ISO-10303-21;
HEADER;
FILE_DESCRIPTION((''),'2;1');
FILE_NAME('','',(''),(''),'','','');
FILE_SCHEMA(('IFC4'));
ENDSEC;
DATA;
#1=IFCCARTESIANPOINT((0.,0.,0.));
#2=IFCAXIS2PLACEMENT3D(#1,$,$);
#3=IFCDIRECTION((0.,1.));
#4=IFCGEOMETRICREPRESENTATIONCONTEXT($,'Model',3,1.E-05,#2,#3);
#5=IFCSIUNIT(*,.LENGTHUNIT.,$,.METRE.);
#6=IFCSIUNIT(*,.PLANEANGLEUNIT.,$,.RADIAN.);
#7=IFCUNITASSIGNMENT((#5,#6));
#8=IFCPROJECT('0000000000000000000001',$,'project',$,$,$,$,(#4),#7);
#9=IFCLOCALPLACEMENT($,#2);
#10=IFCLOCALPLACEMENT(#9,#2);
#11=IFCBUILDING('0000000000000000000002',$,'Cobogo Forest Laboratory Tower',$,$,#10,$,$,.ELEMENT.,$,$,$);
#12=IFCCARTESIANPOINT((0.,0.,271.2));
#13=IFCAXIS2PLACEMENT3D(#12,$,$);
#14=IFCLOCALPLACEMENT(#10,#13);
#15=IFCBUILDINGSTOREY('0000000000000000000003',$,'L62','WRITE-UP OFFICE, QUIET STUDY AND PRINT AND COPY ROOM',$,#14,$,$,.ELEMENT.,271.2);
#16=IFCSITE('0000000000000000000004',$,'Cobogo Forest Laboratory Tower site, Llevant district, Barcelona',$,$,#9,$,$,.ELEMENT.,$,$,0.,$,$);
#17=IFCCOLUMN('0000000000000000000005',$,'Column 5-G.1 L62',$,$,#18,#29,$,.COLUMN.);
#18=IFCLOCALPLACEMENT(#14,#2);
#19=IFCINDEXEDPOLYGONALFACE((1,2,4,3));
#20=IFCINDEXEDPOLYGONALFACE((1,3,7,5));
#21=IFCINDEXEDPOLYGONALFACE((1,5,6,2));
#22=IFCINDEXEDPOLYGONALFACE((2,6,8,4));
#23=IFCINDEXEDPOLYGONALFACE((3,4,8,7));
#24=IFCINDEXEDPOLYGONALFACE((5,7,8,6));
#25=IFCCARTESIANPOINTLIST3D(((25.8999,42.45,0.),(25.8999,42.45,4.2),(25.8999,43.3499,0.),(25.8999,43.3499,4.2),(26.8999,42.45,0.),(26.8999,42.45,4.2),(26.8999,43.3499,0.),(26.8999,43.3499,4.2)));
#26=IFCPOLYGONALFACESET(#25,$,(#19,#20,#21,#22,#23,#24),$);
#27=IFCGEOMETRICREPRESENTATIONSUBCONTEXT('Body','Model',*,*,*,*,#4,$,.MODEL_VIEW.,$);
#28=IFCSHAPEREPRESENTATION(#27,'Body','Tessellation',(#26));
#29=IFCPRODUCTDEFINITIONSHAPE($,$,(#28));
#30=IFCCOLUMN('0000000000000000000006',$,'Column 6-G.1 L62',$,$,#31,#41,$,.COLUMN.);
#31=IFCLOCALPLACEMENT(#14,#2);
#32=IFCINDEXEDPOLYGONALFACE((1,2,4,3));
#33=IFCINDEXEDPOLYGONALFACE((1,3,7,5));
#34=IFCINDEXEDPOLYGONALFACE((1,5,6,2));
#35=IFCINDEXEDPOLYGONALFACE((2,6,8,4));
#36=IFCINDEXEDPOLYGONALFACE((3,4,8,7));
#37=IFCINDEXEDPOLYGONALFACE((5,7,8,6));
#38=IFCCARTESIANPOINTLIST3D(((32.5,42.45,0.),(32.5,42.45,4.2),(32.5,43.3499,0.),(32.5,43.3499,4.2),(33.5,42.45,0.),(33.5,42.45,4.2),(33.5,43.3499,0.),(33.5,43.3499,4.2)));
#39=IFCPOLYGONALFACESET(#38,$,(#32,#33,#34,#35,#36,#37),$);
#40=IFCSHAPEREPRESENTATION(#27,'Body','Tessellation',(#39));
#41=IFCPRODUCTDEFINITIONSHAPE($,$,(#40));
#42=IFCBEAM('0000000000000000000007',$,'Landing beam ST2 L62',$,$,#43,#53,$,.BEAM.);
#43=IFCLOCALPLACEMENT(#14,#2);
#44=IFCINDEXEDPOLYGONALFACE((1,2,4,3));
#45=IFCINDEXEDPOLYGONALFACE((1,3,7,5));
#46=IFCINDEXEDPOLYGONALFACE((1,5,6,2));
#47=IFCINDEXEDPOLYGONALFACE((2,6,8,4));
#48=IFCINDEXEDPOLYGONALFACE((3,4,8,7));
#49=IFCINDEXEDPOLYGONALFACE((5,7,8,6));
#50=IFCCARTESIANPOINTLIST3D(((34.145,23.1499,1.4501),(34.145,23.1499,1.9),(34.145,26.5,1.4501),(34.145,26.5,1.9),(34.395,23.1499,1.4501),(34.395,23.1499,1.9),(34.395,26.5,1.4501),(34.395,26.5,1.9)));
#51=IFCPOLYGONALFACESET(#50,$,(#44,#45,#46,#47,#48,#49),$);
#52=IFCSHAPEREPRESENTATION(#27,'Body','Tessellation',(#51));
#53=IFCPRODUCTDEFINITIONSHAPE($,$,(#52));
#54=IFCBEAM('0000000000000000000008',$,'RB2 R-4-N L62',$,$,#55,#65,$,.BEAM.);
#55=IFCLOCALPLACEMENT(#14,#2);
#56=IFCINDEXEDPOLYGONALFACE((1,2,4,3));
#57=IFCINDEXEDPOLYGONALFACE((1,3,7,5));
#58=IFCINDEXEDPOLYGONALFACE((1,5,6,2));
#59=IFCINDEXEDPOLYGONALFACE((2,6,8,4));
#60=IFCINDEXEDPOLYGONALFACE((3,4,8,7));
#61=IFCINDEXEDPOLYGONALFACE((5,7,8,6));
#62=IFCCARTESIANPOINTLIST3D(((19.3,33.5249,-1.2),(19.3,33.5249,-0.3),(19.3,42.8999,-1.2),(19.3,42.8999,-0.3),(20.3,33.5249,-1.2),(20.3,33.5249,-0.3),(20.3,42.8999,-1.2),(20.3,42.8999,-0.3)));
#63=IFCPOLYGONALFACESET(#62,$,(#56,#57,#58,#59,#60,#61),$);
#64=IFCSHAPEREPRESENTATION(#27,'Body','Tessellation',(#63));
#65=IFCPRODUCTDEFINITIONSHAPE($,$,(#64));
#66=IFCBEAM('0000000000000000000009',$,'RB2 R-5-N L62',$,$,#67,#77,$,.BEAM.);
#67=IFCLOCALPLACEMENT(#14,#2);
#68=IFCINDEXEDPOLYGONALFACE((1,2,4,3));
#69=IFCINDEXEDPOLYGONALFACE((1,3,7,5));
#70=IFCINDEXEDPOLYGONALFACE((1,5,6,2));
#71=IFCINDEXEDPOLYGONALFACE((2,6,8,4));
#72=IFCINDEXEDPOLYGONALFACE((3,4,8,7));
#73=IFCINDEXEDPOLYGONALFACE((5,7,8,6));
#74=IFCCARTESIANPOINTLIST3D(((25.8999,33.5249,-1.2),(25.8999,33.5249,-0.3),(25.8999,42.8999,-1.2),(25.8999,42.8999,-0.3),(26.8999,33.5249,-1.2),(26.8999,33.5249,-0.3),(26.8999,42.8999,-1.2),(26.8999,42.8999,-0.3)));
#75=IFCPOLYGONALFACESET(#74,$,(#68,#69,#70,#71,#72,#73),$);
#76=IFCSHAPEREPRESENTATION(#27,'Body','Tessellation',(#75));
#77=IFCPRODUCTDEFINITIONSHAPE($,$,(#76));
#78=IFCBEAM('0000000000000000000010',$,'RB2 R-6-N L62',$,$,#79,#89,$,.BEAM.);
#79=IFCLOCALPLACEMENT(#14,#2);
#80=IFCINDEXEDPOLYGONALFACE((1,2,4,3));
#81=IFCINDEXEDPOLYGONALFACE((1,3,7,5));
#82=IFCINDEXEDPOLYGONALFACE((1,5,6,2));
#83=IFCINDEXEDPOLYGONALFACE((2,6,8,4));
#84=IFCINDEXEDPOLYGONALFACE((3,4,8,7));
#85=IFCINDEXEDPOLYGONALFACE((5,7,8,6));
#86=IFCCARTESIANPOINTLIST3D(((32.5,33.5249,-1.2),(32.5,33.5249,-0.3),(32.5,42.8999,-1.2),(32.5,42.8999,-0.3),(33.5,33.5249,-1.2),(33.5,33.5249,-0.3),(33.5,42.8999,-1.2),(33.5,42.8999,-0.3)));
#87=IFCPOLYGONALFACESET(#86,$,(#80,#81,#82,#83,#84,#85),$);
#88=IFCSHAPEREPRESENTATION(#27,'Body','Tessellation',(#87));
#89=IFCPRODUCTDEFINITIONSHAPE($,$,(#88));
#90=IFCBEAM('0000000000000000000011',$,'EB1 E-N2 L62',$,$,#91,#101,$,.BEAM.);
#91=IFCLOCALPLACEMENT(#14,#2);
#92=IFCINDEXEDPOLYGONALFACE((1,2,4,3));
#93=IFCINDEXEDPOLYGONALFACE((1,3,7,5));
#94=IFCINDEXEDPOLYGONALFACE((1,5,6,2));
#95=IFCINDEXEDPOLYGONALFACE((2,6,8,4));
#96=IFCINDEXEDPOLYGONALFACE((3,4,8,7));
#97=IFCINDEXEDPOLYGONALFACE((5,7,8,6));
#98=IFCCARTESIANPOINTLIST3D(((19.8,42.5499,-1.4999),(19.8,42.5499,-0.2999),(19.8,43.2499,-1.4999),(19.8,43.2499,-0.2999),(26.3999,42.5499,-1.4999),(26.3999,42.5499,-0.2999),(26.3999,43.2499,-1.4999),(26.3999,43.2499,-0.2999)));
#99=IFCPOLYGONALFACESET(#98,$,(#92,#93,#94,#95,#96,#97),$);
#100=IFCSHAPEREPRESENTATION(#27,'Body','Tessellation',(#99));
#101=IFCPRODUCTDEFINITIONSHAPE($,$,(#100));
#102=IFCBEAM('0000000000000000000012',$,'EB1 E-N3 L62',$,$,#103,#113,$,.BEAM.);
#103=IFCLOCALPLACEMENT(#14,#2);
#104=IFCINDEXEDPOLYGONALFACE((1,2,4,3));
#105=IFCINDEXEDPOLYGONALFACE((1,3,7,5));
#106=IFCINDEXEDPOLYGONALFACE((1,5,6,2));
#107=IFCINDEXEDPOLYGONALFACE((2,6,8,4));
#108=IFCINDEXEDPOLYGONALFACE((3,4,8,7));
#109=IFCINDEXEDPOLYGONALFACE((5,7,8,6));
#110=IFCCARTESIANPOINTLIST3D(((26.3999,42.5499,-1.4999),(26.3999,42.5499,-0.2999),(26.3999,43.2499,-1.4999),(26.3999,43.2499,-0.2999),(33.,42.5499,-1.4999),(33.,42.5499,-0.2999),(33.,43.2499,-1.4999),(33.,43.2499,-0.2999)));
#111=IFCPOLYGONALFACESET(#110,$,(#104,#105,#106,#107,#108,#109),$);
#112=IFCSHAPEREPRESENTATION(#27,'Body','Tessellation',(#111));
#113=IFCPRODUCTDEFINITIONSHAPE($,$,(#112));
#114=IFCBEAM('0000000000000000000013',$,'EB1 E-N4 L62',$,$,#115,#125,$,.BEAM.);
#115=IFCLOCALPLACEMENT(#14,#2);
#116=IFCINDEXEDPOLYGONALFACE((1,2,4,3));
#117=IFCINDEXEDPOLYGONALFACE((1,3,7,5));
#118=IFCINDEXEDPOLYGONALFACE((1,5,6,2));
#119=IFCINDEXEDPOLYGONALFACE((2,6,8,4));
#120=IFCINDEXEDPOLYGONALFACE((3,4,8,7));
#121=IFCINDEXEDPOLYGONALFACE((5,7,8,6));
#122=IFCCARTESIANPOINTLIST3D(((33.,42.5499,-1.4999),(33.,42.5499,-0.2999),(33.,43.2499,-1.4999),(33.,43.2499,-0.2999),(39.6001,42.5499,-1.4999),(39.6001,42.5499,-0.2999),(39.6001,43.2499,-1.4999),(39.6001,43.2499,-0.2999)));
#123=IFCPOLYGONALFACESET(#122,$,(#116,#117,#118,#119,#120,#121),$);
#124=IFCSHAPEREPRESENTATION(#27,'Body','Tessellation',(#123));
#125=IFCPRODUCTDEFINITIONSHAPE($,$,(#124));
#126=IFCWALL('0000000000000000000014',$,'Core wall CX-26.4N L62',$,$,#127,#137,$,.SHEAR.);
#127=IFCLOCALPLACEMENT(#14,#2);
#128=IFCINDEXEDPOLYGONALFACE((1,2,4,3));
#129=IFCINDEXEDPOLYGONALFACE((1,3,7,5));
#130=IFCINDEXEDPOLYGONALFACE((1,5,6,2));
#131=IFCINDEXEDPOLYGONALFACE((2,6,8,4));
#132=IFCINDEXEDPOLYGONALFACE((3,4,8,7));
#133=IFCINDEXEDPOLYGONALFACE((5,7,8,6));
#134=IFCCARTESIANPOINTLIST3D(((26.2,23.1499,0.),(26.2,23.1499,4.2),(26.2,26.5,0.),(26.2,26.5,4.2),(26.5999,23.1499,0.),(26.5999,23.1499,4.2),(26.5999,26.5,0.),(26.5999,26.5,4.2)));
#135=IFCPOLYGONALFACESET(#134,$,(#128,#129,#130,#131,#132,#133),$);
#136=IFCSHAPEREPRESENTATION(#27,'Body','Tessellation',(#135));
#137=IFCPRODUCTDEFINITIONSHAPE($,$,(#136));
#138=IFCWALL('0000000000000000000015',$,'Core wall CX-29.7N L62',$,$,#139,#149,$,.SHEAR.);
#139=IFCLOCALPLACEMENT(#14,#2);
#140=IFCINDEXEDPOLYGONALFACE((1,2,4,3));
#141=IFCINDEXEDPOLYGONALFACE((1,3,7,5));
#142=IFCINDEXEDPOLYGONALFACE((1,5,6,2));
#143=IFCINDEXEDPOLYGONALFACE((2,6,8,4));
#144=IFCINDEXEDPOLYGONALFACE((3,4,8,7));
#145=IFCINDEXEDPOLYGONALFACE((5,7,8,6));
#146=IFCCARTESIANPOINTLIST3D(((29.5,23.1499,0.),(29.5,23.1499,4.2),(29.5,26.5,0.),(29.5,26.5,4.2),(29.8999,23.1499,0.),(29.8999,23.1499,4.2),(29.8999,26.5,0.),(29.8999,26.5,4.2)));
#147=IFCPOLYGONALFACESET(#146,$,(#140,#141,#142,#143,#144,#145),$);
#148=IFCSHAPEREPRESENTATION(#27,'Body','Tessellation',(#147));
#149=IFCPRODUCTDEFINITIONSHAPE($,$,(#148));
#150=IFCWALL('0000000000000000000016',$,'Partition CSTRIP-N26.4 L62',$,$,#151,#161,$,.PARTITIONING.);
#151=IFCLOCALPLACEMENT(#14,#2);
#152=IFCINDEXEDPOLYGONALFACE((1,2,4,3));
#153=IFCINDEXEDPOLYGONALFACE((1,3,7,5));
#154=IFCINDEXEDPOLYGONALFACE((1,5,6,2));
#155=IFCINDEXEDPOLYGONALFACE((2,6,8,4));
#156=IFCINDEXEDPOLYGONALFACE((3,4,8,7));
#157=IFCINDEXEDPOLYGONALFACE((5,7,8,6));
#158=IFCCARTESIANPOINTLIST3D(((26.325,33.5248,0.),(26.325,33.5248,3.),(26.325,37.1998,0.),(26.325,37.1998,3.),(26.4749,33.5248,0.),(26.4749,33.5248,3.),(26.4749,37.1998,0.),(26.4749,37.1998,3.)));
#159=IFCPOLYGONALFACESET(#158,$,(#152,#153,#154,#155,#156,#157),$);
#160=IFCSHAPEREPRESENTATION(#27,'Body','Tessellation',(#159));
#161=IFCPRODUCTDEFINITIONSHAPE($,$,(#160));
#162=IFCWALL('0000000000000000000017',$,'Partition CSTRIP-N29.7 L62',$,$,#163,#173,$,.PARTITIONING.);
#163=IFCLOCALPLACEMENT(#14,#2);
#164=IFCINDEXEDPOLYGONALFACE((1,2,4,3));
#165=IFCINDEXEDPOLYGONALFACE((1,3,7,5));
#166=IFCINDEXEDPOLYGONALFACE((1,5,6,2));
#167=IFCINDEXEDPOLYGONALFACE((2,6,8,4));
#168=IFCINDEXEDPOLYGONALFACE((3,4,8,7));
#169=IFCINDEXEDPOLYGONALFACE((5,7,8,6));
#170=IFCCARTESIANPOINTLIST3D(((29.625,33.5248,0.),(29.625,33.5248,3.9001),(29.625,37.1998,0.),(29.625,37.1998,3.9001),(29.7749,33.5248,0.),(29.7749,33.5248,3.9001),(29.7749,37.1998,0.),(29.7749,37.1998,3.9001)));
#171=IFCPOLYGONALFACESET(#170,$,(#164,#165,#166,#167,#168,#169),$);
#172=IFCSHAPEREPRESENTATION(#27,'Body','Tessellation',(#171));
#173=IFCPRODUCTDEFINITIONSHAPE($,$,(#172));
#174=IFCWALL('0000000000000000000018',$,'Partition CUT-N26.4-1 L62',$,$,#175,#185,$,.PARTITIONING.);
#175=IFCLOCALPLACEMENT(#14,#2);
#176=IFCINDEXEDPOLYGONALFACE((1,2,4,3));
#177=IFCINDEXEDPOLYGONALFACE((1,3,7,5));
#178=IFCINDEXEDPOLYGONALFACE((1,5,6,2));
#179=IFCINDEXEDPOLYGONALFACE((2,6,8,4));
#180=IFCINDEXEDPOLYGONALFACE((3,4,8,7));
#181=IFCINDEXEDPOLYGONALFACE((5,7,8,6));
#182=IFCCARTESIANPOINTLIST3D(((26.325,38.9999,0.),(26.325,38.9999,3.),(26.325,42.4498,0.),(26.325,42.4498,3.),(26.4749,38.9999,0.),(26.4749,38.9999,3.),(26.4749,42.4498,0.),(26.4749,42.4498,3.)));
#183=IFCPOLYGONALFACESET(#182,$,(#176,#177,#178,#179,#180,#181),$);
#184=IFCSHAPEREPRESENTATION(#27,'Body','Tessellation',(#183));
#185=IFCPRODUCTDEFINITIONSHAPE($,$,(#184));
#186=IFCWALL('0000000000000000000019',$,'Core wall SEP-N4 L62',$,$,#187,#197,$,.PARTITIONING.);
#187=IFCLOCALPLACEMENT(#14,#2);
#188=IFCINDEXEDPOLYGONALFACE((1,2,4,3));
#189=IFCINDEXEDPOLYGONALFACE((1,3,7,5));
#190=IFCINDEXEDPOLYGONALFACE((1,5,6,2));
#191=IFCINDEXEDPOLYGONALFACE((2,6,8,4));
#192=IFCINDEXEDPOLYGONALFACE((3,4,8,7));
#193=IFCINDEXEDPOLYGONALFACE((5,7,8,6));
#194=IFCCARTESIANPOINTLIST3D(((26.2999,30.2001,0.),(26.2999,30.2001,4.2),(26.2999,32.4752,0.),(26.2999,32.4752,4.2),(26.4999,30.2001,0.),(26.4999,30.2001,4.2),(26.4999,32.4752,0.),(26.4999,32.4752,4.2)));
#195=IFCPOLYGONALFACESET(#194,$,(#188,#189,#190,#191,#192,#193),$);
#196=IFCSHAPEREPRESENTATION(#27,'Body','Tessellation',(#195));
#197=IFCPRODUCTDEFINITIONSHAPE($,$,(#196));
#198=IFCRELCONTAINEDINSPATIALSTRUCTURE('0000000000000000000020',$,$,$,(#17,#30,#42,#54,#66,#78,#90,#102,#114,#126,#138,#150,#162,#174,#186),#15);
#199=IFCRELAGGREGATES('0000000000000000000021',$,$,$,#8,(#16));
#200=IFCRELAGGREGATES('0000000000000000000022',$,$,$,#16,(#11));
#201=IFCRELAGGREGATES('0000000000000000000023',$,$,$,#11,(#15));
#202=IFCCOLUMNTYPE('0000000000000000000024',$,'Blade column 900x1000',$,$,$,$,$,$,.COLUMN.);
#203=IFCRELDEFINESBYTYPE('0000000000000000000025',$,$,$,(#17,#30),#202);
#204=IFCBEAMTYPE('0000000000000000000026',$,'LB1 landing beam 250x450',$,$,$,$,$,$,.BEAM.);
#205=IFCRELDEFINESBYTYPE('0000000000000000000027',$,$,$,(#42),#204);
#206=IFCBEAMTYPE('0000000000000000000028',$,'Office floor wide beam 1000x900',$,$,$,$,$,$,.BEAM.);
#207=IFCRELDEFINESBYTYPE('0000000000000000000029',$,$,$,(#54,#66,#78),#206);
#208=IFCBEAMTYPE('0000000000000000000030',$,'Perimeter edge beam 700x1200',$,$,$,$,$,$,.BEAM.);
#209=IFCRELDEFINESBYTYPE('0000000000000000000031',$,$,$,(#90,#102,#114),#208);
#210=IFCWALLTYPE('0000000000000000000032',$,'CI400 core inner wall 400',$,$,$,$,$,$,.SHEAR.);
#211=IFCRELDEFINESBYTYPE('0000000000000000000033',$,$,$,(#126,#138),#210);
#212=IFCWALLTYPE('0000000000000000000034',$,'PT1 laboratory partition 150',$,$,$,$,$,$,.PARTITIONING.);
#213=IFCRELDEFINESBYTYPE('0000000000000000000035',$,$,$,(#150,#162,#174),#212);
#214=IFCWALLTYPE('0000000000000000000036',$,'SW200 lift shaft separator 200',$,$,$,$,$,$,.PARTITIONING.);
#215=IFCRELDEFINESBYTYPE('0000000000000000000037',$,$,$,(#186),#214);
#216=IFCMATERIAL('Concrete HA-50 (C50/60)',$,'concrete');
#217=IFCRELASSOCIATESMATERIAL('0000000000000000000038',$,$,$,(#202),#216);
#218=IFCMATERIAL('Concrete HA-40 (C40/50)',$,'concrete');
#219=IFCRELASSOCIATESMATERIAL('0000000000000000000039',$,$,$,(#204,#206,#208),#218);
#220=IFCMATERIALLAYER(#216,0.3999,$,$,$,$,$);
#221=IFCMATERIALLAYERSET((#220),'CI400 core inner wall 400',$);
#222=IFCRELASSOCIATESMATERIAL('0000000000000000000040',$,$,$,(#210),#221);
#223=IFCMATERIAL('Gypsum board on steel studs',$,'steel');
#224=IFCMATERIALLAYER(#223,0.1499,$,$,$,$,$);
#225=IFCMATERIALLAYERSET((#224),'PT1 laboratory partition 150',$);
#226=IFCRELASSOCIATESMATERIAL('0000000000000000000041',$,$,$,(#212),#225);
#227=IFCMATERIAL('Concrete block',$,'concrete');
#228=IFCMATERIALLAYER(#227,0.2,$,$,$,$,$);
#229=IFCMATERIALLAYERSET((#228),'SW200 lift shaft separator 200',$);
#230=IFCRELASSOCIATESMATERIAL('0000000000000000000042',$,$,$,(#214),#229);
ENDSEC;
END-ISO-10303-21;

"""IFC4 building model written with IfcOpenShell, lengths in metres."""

from ifc_helpers import new_model, si_unit, direction, frame, frame_2d, origin, origin_2d, place, context, subcontext, project, spatial, rectangle, extrude, material, layer, layer_set, material_profile, profile_set, type_object, element, save


model = new_model("IFC4")

# Units and contexts
model_context = context("Model", 3, precision=1e-05, world=origin(), true_north=direction((0.0, 1.0)))
body_context = subcontext(model_context, "Body", "Model", "MODEL_VIEW")
ifc_project = project(units=[si_unit("LENGTHUNIT", "METRE"), si_unit("PLANEANGLEUNIT", "RADIAN")], contexts=[model_context])

# Site, building, storey
site_placement = place(None, origin())
site = spatial("IfcSite", under=ifc_project, at=site_placement, Name="Cobogo Forest Laboratory Tower site, Llevant district, Barcelona", CompositionType="ELEMENT", RefElevation=0.0)
building_placement = place(site_placement, origin())
building = spatial("IfcBuilding", under=site, at=building_placement, Name="Cobogo Forest Laboratory Tower", CompositionType="ELEMENT")
storey_placement = place(building_placement, frame((0.0, 0.0, 271.2)))
storey = spatial("IfcBuildingStorey", under=building, at=storey_placement, Name="L62", Description="WRITE-UP OFFICE, QUIET STUDY AND PRINT AND COPY ROOM", CompositionType="ELEMENT", Elevation=271.2)

# Columns
ifc_material_1 = material(Name="Concrete HA-50 (C50/60)", Category="concrete")
ifc_material_profile_1 = material_profile(ifc_material_1, rectangle(XDim=1.0, YDim=0.8999, at=origin_2d()), Name="RC 900x1000")
ifc_profile_set_1 = profile_set([ifc_material_profile_1], Name="Concrete HA-50 (C50/60)")
column_type = type_object("IfcColumnType", Name="Blade column 900x1000", PredefinedType="COLUMN", material=ifc_profile_set_1)
for number, where, z_axis, x_axis, name in (
    (1, (26.3999, 42.8999, 0.0), (0.0, 0.0, 1.0), (1.0, 0.0, 0.0), "Column 5-G.1 L62"),
    (2, (33.0, 42.8999, 0.0), (0.0, 0.0, 1.0), (1.0, 0.0, 0.0), "Column 6-G.1 L62"),
):
    element("IfcColumn", number, at=place(storey_placement, frame(where, z_axis=z_axis, x_axis=x_axis)), inside=storey, type_object=column_type, Name=name, PredefinedType="COLUMN", context=body_context, shape_type="SweptSolid", body=[
        extrude(rectangle(XDim=1.0, YDim=0.8999, at=origin_2d()), origin(), (0.0, 0.0, 1.0), 4.2),
    ])

# Beams
ifc_material_2 = material(Name="Concrete HA-40 (C40/50)", Category="concrete")
ifc_material_profile_2 = material_profile(ifc_material_2, rectangle(XDim=0.25, YDim=0.45, at=origin_2d()), Name="RC 250x450")
ifc_profile_set_2 = profile_set([ifc_material_profile_2], Name="Concrete HA-40 (C40/50)")
beam_type_1 = type_object("IfcBeamType", Name="LB1 landing beam 250x450", PredefinedType="BEAM", material=ifc_profile_set_2)
beam_1_placement = place(storey_placement, frame((34.27, 23.1499, 1.675), z_axis=(0.0, 1.0, 0.0), x_axis=(-1.0, 0.0, 0.0)))
element("IfcBeam", 3, at=beam_1_placement, inside=storey, type_object=beam_type_1, Name="Landing beam ST2 L62", PredefinedType="BEAM", context=body_context, shape_type="SweptSolid", body=[
    extrude(rectangle(XDim=0.25, YDim=0.45, at=origin_2d()), origin(), (0.0, 0.0, 1.0), 3.3501),
])
ifc_material_profile_3 = material_profile(ifc_material_2, rectangle(XDim=1.0, YDim=0.8999, at=origin_2d()), Name="RC 1000x900")
ifc_profile_set_3 = profile_set([ifc_material_profile_3], Name="Concrete HA-40 (C40/50)")
beam_type_2 = type_object("IfcBeamType", Name="Office floor wide beam 1000x900", PredefinedType="BEAM", material=ifc_profile_set_3)
for number, where, z_axis, x_axis, name in (
    (4, (19.8, 33.5249, -0.75), (0.0, 1.0, 0.0), (-1.0, 0.0, 0.0), "RB2 R-4-N L62"),
    (5, (26.3999, 33.5249, -0.75), (0.0, 1.0, 0.0), (-1.0, 0.0, 0.0), "RB2 R-5-N L62"),
    (6, (33.0, 33.5249, -0.75), (0.0, 1.0, 0.0), (-1.0, 0.0, 0.0), "RB2 R-6-N L62"),
):
    element("IfcBeam", number, at=place(storey_placement, frame(where, z_axis=z_axis, x_axis=x_axis)), inside=storey, type_object=beam_type_2, Name=name, PredefinedType="BEAM", context=body_context, shape_type="SweptSolid", body=[
        extrude(rectangle(XDim=1.0, YDim=0.8999, at=origin_2d()), origin(), (0.0, 0.0, 1.0), 9.375),
    ])
ifc_material_profile_4 = material_profile(ifc_material_2, rectangle(XDim=0.7, YDim=1.2, at=origin_2d()), Name="RC 700x1200")
ifc_profile_set_4 = profile_set([ifc_material_profile_4], Name="Concrete HA-40 (C40/50)")
beam_type_3 = type_object("IfcBeamType", Name="Perimeter edge beam 700x1200", PredefinedType="BEAM", material=ifc_profile_set_4)
beam_2_placement = place(storey_placement, frame((19.8, 42.8999, -0.8999), z_axis=(1.0, 0.0, 0.0), x_axis=(0.0, 1.0, 0.0)))
element("IfcBeam", 7, at=beam_2_placement, inside=storey, type_object=beam_type_3, Name="EB1 E-N2 L62", PredefinedType="BEAM", context=body_context, shape_type="SweptSolid", body=[
    extrude(rectangle(XDim=0.7, YDim=1.2, at=origin_2d()), origin(), (0.0, 0.0, 1.0), 6.5999),
])
for number, where, z_axis, x_axis, name in (
    (8, (26.3999, 42.8999, -0.8999), (1.0, 0.0, 0.0), (0.0, 1.0, 0.0), "EB1 E-N3 L62"),
    (9, (33.0, 42.8999, -0.8999), (1.0, 0.0, 0.0), (0.0, 1.0, 0.0), "EB1 E-N4 L62"),
):
    element("IfcBeam", number, at=place(storey_placement, frame(where, z_axis=z_axis, x_axis=x_axis)), inside=storey, type_object=beam_type_3, Name=name, PredefinedType="BEAM", context=body_context, shape_type="SweptSolid", body=[
        extrude(rectangle(XDim=0.7, YDim=1.2, at=origin_2d()), origin(), (0.0, 0.0, 1.0), 6.6001),
    ])

# Walls
ifc_layer_1 = layer(ifc_material_1, 0.3999)
ifc_layer_set_1 = layer_set([ifc_layer_1], Name="CI400 core inner wall 400")
wall_type_1 = type_object("IfcWallType", Name="CI400 core inner wall 400", PredefinedType="SHEAR", material=ifc_layer_set_1)
for number, where, z_axis, x_axis, name in (
    (10, (26.3999, 23.1499, 0.0), (0.0, 0.0, 1.0), (0.0, 1.0, 0.0), "Core wall CX-26.4N L62"),
    (11, (29.7, 23.1499, 0.0), (0.0, 0.0, 1.0), (0.0, 1.0, 0.0), "Core wall CX-29.7N L62"),
):
    element("IfcWall", number, at=place(storey_placement, frame(where, z_axis=z_axis, x_axis=x_axis)), inside=storey, type_object=wall_type_1, Name=name, PredefinedType="SHEAR", context=body_context, shape_type="SweptSolid", body=[
        extrude(rectangle(XDim=3.3501, YDim=0.3999, at=frame_2d((1.675, 0.0))), origin(), (0.0, 0.0, 1.0), 4.2),
    ])
ifc_material_3 = material(Name="Gypsum board on steel studs", Category="steel")
ifc_layer_2 = layer(ifc_material_3, 0.1499)
ifc_layer_set_2 = layer_set([ifc_layer_2], Name="PT1 laboratory partition 150")
wall_type_2 = type_object("IfcWallType", Name="PT1 laboratory partition 150", PredefinedType="PARTITIONING", material=ifc_layer_set_2)
wall_1_placement = place(storey_placement, frame((26.3999, 33.5249, 0.0), z_axis=(0.0, 0.0, 1.0), x_axis=(0.0, 1.0, 0.0)))
element("IfcWall", 12, at=wall_1_placement, inside=storey, type_object=wall_type_2, Name="Partition CSTRIP-N26.4 L62", PredefinedType="PARTITIONING", context=body_context, shape_type="SweptSolid", body=[
    extrude(rectangle(XDim=3.675, YDim=0.1499, at=frame_2d((1.8374, 0.0))), origin(), (0.0, 0.0, 1.0), 3.0),
])
wall_2_placement = place(storey_placement, frame((29.7, 33.5249, 0.0), z_axis=(0.0, 0.0, 1.0), x_axis=(0.0, 1.0, 0.0)))
element("IfcWall", 13, at=wall_2_placement, inside=storey, type_object=wall_type_2, Name="Partition CSTRIP-N29.7 L62", PredefinedType="PARTITIONING", context=body_context, shape_type="SweptSolid", body=[
    extrude(rectangle(XDim=3.675, YDim=0.1499, at=frame_2d((1.8374, 0.0))), origin(), (0.0, 0.0, 1.0), 3.9001),
])
wall_3_placement = place(storey_placement, frame((26.3999, 42.45, 0.0), z_axis=(0.0, 0.0, 1.0), x_axis=(0.0, -1.0, 0.0)))
element("IfcWall", 14, at=wall_3_placement, inside=storey, type_object=wall_type_2, Name="Partition CUT-N26.4-1 L62", PredefinedType="PARTITIONING", context=body_context, shape_type="SweptSolid", body=[
    extrude(rectangle(XDim=3.45, YDim=0.1499, at=frame_2d((1.7251, 0.0))), origin(), (0.0, 0.0, 1.0), 3.0),
])
ifc_material_4 = material(Name="Concrete block", Category="concrete")
ifc_layer_3 = layer(ifc_material_4, 0.2)
ifc_layer_set_3 = layer_set([ifc_layer_3], Name="SW200 lift shaft separator 200")
wall_type_3 = type_object("IfcWallType", Name="SW200 lift shaft separator 200", PredefinedType="PARTITIONING", material=ifc_layer_set_3)
for number, where, z_axis, x_axis, name in (
    (15, (26.3999, 30.2, 0.0), (0.0, 0.0, 1.0), (0.0, 1.0, 0.0), "Core wall SEP-N4 L62"),
):
    element("IfcWall", number, at=place(storey_placement, frame(where, z_axis=z_axis, x_axis=x_axis)), inside=storey, type_object=wall_type_3, Name=name, PredefinedType="PARTITIONING", context=body_context, shape_type="SweptSolid", body=[
        extrude(rectangle(XDim=2.2751, YDim=0.2, at=frame_2d((1.1377, 0.0))), origin(), (0.0, 0.0, 1.0), 4.2),
    ])

save(model, "model.ifc")
